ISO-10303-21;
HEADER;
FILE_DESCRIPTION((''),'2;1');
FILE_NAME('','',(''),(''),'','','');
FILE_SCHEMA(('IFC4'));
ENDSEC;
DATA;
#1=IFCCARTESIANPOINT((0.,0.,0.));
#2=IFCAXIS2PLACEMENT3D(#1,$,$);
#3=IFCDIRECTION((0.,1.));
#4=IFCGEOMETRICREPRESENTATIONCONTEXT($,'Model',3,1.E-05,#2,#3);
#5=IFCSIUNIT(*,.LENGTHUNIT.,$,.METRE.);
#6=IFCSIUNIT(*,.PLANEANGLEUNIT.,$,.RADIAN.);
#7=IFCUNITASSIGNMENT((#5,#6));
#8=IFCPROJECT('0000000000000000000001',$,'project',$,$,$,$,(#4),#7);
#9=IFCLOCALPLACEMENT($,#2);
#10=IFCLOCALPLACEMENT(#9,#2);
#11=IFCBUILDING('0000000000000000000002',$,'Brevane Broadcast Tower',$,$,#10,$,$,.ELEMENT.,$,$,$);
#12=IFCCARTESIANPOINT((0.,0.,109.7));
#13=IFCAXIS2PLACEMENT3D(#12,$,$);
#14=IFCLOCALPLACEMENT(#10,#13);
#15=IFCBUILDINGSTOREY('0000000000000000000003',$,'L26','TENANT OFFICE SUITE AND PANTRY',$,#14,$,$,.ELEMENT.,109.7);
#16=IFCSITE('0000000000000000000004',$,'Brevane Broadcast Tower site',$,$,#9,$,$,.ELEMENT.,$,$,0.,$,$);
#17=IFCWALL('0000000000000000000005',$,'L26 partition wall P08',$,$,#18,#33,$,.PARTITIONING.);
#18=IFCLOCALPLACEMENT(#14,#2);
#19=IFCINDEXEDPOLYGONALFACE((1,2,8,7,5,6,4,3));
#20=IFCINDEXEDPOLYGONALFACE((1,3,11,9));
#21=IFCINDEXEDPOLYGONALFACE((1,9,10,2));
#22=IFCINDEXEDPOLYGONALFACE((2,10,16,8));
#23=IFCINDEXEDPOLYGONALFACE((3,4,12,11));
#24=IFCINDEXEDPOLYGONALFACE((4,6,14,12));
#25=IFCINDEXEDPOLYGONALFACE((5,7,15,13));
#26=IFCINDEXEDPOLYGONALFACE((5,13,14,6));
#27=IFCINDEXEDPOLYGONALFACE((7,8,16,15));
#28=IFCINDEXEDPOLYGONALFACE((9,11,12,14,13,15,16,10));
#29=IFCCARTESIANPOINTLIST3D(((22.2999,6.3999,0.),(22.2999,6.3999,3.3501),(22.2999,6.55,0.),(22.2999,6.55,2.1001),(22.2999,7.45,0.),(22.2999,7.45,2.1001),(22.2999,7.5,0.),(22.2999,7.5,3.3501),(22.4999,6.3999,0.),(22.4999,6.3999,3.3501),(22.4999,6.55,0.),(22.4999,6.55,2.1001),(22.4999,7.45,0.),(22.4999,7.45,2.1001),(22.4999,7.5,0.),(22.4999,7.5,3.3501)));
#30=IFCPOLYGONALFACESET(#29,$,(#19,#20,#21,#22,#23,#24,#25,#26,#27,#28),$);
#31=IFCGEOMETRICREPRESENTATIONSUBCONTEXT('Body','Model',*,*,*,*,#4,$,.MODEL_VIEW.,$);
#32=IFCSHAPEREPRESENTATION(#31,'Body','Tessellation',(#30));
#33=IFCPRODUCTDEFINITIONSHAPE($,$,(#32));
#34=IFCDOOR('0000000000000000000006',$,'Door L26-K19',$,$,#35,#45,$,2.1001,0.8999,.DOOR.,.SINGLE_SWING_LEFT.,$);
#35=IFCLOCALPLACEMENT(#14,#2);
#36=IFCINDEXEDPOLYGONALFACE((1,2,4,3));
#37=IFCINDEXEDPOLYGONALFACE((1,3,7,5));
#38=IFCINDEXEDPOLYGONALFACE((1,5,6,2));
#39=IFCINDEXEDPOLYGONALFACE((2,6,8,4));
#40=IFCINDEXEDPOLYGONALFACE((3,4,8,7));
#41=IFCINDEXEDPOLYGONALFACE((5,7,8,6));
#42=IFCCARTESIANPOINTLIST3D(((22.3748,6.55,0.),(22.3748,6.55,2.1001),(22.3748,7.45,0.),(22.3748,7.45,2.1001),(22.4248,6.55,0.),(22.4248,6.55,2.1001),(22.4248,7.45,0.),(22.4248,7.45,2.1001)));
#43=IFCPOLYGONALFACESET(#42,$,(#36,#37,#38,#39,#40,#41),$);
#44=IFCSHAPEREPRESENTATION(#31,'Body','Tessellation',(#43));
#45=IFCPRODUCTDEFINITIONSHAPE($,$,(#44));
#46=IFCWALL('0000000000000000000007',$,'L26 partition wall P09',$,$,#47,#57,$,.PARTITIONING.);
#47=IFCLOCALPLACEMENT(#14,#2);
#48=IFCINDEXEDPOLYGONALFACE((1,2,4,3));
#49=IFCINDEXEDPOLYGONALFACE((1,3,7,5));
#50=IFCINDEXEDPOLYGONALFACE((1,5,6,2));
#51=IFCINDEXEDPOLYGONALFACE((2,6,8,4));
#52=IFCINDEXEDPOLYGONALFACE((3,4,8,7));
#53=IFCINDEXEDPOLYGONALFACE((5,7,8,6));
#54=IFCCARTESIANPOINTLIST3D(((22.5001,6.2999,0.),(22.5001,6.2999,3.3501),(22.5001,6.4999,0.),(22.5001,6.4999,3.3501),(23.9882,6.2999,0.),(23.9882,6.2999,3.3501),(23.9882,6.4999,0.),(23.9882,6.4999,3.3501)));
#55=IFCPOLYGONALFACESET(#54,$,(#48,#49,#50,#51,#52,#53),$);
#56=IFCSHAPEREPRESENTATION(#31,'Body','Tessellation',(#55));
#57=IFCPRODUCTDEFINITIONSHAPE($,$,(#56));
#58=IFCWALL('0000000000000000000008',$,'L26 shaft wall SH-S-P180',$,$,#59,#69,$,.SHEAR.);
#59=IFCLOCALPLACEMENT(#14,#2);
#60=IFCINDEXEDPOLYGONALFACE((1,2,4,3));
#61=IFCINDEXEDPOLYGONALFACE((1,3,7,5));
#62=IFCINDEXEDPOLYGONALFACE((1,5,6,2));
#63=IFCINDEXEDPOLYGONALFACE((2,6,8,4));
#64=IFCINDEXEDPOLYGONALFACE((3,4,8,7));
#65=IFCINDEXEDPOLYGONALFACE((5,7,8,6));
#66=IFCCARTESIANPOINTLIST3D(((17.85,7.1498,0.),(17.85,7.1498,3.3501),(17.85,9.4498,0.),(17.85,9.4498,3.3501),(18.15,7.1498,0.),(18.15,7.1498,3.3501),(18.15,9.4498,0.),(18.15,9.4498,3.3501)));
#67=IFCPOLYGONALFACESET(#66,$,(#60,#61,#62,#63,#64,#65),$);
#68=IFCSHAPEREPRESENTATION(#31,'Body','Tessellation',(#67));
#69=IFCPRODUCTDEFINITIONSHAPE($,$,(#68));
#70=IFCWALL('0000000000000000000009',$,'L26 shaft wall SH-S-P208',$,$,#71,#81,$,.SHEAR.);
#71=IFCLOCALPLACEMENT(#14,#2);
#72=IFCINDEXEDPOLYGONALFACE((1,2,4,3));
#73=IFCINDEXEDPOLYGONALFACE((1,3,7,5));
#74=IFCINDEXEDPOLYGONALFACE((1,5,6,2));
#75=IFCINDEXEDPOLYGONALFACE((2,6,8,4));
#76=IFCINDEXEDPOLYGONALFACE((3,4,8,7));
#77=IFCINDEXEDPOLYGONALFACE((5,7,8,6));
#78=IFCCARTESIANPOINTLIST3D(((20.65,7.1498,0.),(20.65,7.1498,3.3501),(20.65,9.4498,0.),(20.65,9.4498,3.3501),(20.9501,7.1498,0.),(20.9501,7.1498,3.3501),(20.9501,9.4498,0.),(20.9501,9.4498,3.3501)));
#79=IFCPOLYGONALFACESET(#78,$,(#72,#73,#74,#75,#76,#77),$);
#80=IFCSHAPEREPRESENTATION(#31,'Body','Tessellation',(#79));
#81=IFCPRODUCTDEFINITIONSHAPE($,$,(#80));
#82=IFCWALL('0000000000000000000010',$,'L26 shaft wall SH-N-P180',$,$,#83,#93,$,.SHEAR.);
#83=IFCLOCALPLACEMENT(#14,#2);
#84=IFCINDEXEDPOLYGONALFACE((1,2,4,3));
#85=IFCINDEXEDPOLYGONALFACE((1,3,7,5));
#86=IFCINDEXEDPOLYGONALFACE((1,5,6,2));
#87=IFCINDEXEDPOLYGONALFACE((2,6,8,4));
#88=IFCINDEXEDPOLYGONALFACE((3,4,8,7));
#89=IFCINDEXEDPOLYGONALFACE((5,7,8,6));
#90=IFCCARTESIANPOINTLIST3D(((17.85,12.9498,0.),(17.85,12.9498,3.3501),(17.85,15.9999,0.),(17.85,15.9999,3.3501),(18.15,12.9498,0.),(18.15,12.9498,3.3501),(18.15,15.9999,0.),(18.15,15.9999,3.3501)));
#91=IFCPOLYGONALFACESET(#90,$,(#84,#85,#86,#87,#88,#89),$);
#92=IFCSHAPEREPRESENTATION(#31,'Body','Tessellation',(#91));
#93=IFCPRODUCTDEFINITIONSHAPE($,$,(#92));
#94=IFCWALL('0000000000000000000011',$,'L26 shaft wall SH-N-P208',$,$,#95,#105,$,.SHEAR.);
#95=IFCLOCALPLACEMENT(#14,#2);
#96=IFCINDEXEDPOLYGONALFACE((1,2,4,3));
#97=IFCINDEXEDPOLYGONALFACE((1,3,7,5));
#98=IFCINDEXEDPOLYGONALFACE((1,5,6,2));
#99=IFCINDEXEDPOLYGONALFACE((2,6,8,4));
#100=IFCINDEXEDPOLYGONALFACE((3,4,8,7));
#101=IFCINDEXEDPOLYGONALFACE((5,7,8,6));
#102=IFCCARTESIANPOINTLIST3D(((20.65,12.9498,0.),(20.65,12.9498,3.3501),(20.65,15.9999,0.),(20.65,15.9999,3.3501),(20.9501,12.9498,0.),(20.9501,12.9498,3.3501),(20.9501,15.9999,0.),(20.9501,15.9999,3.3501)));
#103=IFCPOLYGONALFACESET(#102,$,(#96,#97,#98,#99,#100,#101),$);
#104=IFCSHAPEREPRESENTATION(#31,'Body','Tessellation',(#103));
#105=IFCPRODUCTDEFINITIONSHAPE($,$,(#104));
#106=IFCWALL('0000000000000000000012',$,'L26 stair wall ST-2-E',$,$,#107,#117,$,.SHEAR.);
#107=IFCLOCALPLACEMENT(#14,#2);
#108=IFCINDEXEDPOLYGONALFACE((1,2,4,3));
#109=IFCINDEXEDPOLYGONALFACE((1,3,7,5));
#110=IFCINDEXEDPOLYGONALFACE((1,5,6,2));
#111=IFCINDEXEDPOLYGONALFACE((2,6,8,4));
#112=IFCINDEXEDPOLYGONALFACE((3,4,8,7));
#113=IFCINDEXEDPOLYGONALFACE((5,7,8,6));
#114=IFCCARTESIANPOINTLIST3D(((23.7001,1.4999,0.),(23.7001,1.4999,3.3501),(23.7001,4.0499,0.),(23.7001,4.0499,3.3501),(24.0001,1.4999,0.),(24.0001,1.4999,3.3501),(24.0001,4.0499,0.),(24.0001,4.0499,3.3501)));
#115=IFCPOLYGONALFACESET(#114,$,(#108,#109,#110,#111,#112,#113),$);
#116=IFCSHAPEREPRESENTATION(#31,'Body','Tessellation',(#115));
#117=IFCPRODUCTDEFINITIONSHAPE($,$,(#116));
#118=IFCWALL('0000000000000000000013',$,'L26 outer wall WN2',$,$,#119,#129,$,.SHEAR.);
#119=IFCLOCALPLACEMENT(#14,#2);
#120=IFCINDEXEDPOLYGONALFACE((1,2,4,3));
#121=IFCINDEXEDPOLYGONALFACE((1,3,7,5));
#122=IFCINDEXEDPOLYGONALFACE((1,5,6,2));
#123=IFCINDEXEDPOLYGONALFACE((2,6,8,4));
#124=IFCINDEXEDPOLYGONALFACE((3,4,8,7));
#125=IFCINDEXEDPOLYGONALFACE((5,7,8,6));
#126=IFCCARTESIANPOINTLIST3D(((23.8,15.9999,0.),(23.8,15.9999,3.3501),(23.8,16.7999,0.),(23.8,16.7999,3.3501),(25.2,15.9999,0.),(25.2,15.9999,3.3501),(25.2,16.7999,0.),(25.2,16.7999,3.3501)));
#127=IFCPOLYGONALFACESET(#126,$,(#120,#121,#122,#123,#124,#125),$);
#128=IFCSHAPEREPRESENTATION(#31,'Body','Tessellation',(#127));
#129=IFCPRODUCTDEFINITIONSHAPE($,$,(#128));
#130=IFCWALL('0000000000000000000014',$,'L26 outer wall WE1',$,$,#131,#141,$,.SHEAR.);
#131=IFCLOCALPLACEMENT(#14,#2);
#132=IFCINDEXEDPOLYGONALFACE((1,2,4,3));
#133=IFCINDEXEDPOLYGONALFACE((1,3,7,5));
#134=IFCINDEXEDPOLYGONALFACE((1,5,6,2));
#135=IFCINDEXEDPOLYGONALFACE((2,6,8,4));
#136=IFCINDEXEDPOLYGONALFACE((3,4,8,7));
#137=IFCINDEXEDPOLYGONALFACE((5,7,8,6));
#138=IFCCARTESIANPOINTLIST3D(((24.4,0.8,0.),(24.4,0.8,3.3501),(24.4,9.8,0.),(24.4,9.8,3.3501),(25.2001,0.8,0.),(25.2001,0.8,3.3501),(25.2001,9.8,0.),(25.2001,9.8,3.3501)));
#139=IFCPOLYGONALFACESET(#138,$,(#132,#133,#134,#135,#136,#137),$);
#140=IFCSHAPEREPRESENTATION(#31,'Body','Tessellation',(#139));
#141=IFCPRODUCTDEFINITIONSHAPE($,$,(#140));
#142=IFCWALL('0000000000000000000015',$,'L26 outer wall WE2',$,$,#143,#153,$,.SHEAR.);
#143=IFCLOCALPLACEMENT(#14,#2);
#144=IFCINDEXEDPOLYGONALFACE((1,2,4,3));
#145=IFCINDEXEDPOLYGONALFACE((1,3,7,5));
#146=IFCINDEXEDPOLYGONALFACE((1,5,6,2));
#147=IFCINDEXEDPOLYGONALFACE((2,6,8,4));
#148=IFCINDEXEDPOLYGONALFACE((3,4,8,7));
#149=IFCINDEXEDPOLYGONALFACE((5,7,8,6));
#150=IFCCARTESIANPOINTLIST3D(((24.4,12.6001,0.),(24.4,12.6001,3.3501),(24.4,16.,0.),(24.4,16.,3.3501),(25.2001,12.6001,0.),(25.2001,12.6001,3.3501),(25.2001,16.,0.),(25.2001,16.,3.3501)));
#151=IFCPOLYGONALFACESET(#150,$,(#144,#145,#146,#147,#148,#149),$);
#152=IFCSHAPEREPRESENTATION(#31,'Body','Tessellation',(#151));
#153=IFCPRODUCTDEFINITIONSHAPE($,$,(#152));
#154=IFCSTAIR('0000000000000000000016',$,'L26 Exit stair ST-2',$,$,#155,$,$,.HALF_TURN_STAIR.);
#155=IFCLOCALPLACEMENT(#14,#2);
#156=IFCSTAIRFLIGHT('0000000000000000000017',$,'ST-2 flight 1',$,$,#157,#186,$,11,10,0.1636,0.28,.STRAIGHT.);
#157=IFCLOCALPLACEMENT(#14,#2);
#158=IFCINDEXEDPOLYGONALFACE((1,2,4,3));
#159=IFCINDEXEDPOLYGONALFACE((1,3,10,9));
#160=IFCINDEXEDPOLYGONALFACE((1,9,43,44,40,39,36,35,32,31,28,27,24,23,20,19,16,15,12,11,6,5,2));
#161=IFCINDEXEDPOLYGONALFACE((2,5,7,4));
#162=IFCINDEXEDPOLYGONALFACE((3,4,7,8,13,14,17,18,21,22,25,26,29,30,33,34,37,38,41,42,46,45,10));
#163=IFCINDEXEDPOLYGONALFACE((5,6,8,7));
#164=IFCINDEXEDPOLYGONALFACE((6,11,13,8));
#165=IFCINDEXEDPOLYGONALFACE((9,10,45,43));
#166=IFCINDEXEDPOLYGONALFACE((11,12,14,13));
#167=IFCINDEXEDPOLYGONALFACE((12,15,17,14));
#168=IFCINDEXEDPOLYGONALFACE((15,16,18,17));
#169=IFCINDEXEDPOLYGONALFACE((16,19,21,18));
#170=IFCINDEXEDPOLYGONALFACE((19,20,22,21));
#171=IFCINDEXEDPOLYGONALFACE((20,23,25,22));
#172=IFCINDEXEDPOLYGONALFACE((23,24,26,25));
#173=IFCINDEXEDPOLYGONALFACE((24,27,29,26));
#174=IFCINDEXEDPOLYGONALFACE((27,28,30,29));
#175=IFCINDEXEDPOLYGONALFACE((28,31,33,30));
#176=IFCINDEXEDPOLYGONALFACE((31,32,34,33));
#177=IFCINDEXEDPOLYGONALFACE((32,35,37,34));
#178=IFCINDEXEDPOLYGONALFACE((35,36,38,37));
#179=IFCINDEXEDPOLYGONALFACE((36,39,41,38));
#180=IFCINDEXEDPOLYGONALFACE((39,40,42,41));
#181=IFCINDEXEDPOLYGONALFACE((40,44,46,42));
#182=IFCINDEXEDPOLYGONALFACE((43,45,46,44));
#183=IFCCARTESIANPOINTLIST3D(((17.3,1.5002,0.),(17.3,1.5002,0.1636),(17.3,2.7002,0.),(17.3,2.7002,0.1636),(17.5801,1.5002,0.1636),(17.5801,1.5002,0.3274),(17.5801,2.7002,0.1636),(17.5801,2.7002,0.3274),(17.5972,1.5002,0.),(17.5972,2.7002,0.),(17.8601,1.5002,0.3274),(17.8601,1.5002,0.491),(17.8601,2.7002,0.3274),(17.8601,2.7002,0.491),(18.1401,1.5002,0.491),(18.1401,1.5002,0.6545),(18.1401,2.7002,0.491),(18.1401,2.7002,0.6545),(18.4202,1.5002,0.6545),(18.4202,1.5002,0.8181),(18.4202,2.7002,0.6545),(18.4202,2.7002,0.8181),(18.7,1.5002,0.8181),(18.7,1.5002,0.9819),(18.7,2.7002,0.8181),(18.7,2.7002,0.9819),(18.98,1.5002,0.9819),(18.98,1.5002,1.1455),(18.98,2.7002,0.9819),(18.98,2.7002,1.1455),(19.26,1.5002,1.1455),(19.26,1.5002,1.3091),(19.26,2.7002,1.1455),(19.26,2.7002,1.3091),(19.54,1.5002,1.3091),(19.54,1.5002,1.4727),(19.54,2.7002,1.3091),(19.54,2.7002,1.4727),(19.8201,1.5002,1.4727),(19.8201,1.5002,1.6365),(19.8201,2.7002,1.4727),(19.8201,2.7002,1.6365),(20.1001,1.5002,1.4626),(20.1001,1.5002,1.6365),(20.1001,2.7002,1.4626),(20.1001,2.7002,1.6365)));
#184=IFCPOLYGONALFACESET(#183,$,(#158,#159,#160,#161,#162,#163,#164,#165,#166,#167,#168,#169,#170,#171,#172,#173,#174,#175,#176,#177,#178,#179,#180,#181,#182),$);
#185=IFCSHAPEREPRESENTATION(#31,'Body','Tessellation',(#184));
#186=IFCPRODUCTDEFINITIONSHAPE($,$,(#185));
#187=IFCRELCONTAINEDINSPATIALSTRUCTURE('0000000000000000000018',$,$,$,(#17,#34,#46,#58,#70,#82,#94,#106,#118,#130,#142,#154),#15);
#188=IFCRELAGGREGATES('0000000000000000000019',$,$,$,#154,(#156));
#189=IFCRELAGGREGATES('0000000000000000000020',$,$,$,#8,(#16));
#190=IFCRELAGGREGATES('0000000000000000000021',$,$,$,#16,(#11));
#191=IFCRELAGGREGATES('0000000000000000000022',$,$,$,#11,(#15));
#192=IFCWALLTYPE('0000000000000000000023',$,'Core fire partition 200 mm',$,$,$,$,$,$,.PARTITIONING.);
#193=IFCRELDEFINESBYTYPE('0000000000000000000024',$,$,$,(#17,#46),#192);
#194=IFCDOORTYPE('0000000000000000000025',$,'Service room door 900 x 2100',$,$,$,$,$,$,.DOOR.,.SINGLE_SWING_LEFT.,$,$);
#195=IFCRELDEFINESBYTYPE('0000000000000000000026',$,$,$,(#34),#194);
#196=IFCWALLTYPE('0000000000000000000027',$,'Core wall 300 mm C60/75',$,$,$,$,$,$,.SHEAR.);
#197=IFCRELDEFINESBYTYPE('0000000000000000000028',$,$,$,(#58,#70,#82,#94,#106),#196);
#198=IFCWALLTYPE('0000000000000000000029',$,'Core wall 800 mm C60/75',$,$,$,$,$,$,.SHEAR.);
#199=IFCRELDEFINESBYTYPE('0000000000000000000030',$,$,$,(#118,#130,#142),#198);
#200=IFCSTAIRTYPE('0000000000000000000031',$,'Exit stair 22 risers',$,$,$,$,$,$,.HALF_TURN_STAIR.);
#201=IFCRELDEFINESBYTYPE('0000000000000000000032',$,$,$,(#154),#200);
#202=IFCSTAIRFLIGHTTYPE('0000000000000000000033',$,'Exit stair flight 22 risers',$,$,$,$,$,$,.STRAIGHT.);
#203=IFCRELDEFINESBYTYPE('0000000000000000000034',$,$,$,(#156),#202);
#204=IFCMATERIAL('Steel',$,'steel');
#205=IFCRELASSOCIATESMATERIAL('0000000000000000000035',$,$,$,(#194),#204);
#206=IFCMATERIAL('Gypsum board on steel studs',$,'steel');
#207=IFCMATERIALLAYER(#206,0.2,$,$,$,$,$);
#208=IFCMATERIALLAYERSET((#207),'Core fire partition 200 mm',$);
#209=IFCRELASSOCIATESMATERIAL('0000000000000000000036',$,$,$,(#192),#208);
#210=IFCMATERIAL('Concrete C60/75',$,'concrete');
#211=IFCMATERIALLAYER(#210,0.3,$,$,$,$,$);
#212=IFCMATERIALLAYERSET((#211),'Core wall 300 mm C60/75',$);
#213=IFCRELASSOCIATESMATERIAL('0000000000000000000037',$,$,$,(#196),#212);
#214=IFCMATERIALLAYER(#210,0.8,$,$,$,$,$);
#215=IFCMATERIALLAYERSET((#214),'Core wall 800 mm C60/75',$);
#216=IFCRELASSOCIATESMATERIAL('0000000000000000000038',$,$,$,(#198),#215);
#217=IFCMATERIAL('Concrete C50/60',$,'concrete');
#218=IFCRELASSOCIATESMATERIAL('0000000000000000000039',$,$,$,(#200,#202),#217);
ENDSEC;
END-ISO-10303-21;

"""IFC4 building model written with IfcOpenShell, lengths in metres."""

from ifc_helpers import new_model, si_unit, direction, frame, frame_2d, origin, place, context, subcontext, project, spatial, polyline, rectangle, outline, extrude, material, layer, layer_set, type_object, element, fill, aggregate, save


model = new_model("IFC4")

# Units and contexts
model_context = context("Model", 3, precision=1e-05, world=origin(), true_north=direction((0.0, 1.0)))
body_context = subcontext(model_context, "Body", "Model", "MODEL_VIEW")
ifc_project = project(units=[si_unit("LENGTHUNIT", "METRE"), si_unit("PLANEANGLEUNIT", "RADIAN")], contexts=[model_context])

# Site, building, storey
site_placement = place(None, origin())
site = spatial("IfcSite", under=ifc_project, at=site_placement, Name="Brevane Broadcast Tower site", CompositionType="ELEMENT", RefElevation=0.0)
building_placement = place(site_placement, origin())
building = spatial("IfcBuilding", under=site, at=building_placement, Name="Brevane Broadcast Tower", CompositionType="ELEMENT")
storey_placement = place(building_placement, frame((0.0, 0.0, 109.7)))
storey = spatial("IfcBuildingStorey", under=building, at=storey_placement, Name="L26", Description="TENANT OFFICE SUITE AND PANTRY", CompositionType="ELEMENT", Elevation=109.7)

# Shared definitions
ifc_material_1 = material(Name="Gypsum board on steel studs", Category="steel")

# Shared definitions
ifc_material_2 = material(Name="Steel", Category="steel")
door_type = type_object("IfcDoorType", Name="Service room door 900 x 2100", OperationType="SINGLE_SWING_LEFT", PredefinedType="DOOR", material=ifc_material_2)

# Shared definitions
ifc_layer_1 = layer(ifc_material_1, 0.2)
ifc_layer_set_1 = layer_set([ifc_layer_1], Name="Core fire partition 200 mm")
wall_type_1 = type_object("IfcWallType", Name="Core fire partition 200 mm", PredefinedType="PARTITIONING", material=ifc_layer_set_1)

# Wall, opening, door
wall_1_placement = place(storey_placement, frame((22.3999, 7.5, 0.0), z_axis=(0.0, 0.0, 1.0), x_axis=(0.0, -1.0, 0.0)))
wall_1 = element("IfcWall", 1, at=wall_1_placement, inside=storey, type_object=wall_type_1, Name="L26 partition wall P08", PredefinedType="PARTITIONING", context=body_context, shape_type="SweptSolid", body=[
    extrude(rectangle(XDim=1.1001, YDim=0.2, at=frame_2d((0.55, 0.0))), origin(), (0.0, 0.0, 1.0), 3.3501),
])
opening_1_placement = place(wall_1_placement, frame((0.05, 0.0, 0.0)))
opening_1 = element("IfcOpeningElement", 2, at=opening_1_placement, cuts=wall_1, PredefinedType="OPENING", context=body_context, shape_type="SweptSolid", body=[
    extrude(rectangle(XDim=0.8999, YDim=2.1001, at=frame_2d((0.45, 1.05))), frame((0.0, 0.1099, 0.0), z_axis=(0.0, -1.0, 0.0), x_axis=(1.0, 0.0, 0.0)), (0.0, 0.0, 1.0), 0.22),
])
door_1_placement = place(opening_1_placement, origin())
door_1 = element("IfcDoor", 3, at=door_1_placement, inside=storey, type_object=door_type, Name="Door L26-K19", OperationType="SINGLE_SWING_LEFT", OverallHeight=2.1001, OverallWidth=0.8999, PredefinedType="DOOR", context=body_context, shape_type="SweptSolid", body=[
    extrude(rectangle(XDim=0.8999, YDim=2.1001, at=frame_2d((0.45, 1.05))), frame((0.0, 0.0249, 0.0), z_axis=(0.0, -1.0, 0.0), x_axis=(1.0, 0.0, 0.0)), (0.0, 0.0, 1.0), 0.05),
])
fill(opening_1, door_1)

# Walls
wall_2_placement = place(storey_placement, frame((22.5, 6.3999, 0.0), z_axis=(0.0, 0.0, 1.0), x_axis=(1.0, 0.0, 0.0)))
element("IfcWall", 4, at=wall_2_placement, inside=storey, type_object=wall_type_1, Name="L26 partition wall P09", PredefinedType="PARTITIONING", context=body_context, shape_type="SweptSolid", body=[
    extrude(rectangle(XDim=1.488, YDim=0.2, at=frame_2d((0.7441, 0.0))), origin(), (0.0, 0.0, 1.0), 3.3501),
])
ifc_material_3 = material(Name="Concrete C60/75", Category="concrete")
ifc_layer_2 = layer(ifc_material_3, 0.3)
ifc_layer_set_2 = layer_set([ifc_layer_2], Name="Core wall 300 mm C60/75")
wall_type_2 = type_object("IfcWallType", Name="Core wall 300 mm C60/75", PredefinedType="SHEAR", material=ifc_layer_set_2)
for number, where, z_axis, x_axis, name in (
    (5, (18.0, 7.1499, 0.0), (0.0, 0.0, 1.0), (0.0, 1.0, 0.0), "L26 shaft wall SH-S-P180"),
    (6, (20.8, 7.1499, 0.0), (0.0, 0.0, 1.0), (0.0, 1.0, 0.0), "L26 shaft wall SH-S-P208"),
):
    element("IfcWall", number, at=place(storey_placement, frame(where, z_axis=z_axis, x_axis=x_axis)), inside=storey, type_object=wall_type_2, Name=name, PredefinedType="SHEAR", context=body_context, shape_type="SweptSolid", body=[
        extrude(rectangle(XDim=2.3, YDim=0.3, at=frame_2d((1.1499, 0.0))), origin(), (0.0, 0.0, 1.0), 3.3501),
    ])
for number, where, z_axis, x_axis, name in (
    (7, (18.0, 12.95, 0.0), (0.0, 0.0, 1.0), (0.0, 1.0, 0.0), "L26 shaft wall SH-N-P180"),
    (8, (20.8, 12.95, 0.0), (0.0, 0.0, 1.0), (0.0, 1.0, 0.0), "L26 shaft wall SH-N-P208"),
):
    element("IfcWall", number, at=place(storey_placement, frame(where, z_axis=z_axis, x_axis=x_axis)), inside=storey, type_object=wall_type_2, Name=name, PredefinedType="SHEAR", context=body_context, shape_type="SweptSolid", body=[
        extrude(rectangle(XDim=3.05, YDim=0.3, at=frame_2d((1.5249, 0.0))), origin(), (0.0, 0.0, 1.0), 3.3501),
    ])
wall_3_placement = place(storey_placement, frame((23.8501, 1.5, 0.0), z_axis=(0.0, 0.0, 1.0), x_axis=(0.0, 1.0, 0.0)))
element("IfcWall", 9, at=wall_3_placement, inside=storey, type_object=wall_type_2, Name="L26 stair wall ST-2-E", PredefinedType="SHEAR", context=body_context, shape_type="SweptSolid", body=[
    extrude(rectangle(XDim=2.55, YDim=0.3, at=frame_2d((1.2749, 0.0))), origin(), (0.0, 0.0, 1.0), 3.3501),
])
ifc_layer_3 = layer(ifc_material_3, 0.8)
ifc_layer_set_3 = layer_set([ifc_layer_3], Name="Core wall 800 mm C60/75")
wall_type_3 = type_object("IfcWallType", Name="Core wall 800 mm C60/75", PredefinedType="SHEAR", material=ifc_layer_set_3)
wall_4_placement = place(storey_placement, frame((23.8, 16.3999, 0.0), z_axis=(0.0, 0.0, 1.0), x_axis=(1.0, 0.0, 0.0)))
element("IfcWall", 10, at=wall_4_placement, inside=storey, type_object=wall_type_3, Name="L26 outer wall WN2", PredefinedType="SHEAR", context=body_context, shape_type="SweptSolid", body=[
    extrude(rectangle(XDim=1.3999, YDim=0.8, at=frame_2d((0.7, 0.0))), origin(), (0.0, 0.0, 1.0), 3.3501),
])
wall_5_placement = place(storey_placement, frame((24.8, 0.8, 0.0), z_axis=(0.0, 0.0, 1.0), x_axis=(0.0, 1.0, 0.0)))
element("IfcWall", 11, at=wall_5_placement, inside=storey, type_object=wall_type_3, Name="L26 outer wall WE1", PredefinedType="SHEAR", context=body_context, shape_type="SweptSolid", body=[
    extrude(rectangle(XDim=9.0, YDim=0.8, at=frame_2d((4.5, 0.0))), origin(), (0.0, 0.0, 1.0), 3.3501),
])
wall_6_placement = place(storey_placement, frame((24.8, 12.6001, 0.0), z_axis=(0.0, 0.0, 1.0), x_axis=(0.0, 1.0, 0.0)))
element("IfcWall", 12, at=wall_6_placement, inside=storey, type_object=wall_type_3, Name="L26 outer wall WE2", PredefinedType="SHEAR", context=body_context, shape_type="SweptSolid", body=[
    extrude(rectangle(XDim=3.3999, YDim=0.8, at=frame_2d((1.7, 0.0))), origin(), (0.0, 0.0, 1.0), 3.3501),
])

# Stair, stair flight
ifc_material_4 = material(Name="Concrete C50/60", Category="concrete")
stair_type = type_object("IfcStairType", Name="Exit stair 22 risers", PredefinedType="HALF_TURN_STAIR", material=ifc_material_4)
stair_placement = place(storey_placement, origin())
stair = element("IfcStair", 13, at=stair_placement, inside=storey, type_object=stair_type, Name="L26 Exit stair ST-2", PredefinedType="HALF_TURN_STAIR")
stair_flight_type = type_object("IfcStairFlightType", Name="Exit stair flight 22 risers", PredefinedType="STRAIGHT", material=ifc_material_4)
stair_flight_1_placement = place(storey_placement, frame((17.3, 2.1001, 0.0), z_axis=(0.0, 0.0, 1.0), x_axis=(1.0, 0.0, 0.0)))
stair_flight_1 = element("IfcStairFlight", 14, at=stair_flight_1_placement, type_object=stair_flight_type, Name="ST-2 flight 1", NumberOfRisers=11, NumberOfTreads=10, PredefinedType="STRAIGHT", RiserHeight=0.1636, TreadLength=0.28, context=body_context, shape_type="SweptSolid", body=[
    extrude(outline(polyline([(0.0, 0.0), (0.0, 0.1636), (0.28, 0.1636), (0.28, 0.3274), (0.5601, 0.3274), (0.5601, 0.491), (0.8401, 0.491), (0.8401, 0.6545), (1.1201, 0.6545), (1.1201, 0.8181), (1.3999, 0.8181), (1.3999, 0.9819), (1.6799, 0.9819), (1.6799, 1.1455), (1.96, 1.1455), (1.96, 1.3091), (2.24, 1.3091), (2.24, 1.4727), (2.52, 1.4727), (2.52, 1.6365), (2.8, 1.6365), (2.8, 1.8), (2.8, 1.4626), (0.2971, 0.0), (0.0, 0.0)])), frame((0.0, 0.6001, 0.0), z_axis=(0.0, -1.0, 0.0), x_axis=(1.0, 0.0, 0.0)), (0.0, 0.0, 1.0), 1.2),
])
aggregate(stair, [stair_flight_1])

save(model, "model.ifc")
